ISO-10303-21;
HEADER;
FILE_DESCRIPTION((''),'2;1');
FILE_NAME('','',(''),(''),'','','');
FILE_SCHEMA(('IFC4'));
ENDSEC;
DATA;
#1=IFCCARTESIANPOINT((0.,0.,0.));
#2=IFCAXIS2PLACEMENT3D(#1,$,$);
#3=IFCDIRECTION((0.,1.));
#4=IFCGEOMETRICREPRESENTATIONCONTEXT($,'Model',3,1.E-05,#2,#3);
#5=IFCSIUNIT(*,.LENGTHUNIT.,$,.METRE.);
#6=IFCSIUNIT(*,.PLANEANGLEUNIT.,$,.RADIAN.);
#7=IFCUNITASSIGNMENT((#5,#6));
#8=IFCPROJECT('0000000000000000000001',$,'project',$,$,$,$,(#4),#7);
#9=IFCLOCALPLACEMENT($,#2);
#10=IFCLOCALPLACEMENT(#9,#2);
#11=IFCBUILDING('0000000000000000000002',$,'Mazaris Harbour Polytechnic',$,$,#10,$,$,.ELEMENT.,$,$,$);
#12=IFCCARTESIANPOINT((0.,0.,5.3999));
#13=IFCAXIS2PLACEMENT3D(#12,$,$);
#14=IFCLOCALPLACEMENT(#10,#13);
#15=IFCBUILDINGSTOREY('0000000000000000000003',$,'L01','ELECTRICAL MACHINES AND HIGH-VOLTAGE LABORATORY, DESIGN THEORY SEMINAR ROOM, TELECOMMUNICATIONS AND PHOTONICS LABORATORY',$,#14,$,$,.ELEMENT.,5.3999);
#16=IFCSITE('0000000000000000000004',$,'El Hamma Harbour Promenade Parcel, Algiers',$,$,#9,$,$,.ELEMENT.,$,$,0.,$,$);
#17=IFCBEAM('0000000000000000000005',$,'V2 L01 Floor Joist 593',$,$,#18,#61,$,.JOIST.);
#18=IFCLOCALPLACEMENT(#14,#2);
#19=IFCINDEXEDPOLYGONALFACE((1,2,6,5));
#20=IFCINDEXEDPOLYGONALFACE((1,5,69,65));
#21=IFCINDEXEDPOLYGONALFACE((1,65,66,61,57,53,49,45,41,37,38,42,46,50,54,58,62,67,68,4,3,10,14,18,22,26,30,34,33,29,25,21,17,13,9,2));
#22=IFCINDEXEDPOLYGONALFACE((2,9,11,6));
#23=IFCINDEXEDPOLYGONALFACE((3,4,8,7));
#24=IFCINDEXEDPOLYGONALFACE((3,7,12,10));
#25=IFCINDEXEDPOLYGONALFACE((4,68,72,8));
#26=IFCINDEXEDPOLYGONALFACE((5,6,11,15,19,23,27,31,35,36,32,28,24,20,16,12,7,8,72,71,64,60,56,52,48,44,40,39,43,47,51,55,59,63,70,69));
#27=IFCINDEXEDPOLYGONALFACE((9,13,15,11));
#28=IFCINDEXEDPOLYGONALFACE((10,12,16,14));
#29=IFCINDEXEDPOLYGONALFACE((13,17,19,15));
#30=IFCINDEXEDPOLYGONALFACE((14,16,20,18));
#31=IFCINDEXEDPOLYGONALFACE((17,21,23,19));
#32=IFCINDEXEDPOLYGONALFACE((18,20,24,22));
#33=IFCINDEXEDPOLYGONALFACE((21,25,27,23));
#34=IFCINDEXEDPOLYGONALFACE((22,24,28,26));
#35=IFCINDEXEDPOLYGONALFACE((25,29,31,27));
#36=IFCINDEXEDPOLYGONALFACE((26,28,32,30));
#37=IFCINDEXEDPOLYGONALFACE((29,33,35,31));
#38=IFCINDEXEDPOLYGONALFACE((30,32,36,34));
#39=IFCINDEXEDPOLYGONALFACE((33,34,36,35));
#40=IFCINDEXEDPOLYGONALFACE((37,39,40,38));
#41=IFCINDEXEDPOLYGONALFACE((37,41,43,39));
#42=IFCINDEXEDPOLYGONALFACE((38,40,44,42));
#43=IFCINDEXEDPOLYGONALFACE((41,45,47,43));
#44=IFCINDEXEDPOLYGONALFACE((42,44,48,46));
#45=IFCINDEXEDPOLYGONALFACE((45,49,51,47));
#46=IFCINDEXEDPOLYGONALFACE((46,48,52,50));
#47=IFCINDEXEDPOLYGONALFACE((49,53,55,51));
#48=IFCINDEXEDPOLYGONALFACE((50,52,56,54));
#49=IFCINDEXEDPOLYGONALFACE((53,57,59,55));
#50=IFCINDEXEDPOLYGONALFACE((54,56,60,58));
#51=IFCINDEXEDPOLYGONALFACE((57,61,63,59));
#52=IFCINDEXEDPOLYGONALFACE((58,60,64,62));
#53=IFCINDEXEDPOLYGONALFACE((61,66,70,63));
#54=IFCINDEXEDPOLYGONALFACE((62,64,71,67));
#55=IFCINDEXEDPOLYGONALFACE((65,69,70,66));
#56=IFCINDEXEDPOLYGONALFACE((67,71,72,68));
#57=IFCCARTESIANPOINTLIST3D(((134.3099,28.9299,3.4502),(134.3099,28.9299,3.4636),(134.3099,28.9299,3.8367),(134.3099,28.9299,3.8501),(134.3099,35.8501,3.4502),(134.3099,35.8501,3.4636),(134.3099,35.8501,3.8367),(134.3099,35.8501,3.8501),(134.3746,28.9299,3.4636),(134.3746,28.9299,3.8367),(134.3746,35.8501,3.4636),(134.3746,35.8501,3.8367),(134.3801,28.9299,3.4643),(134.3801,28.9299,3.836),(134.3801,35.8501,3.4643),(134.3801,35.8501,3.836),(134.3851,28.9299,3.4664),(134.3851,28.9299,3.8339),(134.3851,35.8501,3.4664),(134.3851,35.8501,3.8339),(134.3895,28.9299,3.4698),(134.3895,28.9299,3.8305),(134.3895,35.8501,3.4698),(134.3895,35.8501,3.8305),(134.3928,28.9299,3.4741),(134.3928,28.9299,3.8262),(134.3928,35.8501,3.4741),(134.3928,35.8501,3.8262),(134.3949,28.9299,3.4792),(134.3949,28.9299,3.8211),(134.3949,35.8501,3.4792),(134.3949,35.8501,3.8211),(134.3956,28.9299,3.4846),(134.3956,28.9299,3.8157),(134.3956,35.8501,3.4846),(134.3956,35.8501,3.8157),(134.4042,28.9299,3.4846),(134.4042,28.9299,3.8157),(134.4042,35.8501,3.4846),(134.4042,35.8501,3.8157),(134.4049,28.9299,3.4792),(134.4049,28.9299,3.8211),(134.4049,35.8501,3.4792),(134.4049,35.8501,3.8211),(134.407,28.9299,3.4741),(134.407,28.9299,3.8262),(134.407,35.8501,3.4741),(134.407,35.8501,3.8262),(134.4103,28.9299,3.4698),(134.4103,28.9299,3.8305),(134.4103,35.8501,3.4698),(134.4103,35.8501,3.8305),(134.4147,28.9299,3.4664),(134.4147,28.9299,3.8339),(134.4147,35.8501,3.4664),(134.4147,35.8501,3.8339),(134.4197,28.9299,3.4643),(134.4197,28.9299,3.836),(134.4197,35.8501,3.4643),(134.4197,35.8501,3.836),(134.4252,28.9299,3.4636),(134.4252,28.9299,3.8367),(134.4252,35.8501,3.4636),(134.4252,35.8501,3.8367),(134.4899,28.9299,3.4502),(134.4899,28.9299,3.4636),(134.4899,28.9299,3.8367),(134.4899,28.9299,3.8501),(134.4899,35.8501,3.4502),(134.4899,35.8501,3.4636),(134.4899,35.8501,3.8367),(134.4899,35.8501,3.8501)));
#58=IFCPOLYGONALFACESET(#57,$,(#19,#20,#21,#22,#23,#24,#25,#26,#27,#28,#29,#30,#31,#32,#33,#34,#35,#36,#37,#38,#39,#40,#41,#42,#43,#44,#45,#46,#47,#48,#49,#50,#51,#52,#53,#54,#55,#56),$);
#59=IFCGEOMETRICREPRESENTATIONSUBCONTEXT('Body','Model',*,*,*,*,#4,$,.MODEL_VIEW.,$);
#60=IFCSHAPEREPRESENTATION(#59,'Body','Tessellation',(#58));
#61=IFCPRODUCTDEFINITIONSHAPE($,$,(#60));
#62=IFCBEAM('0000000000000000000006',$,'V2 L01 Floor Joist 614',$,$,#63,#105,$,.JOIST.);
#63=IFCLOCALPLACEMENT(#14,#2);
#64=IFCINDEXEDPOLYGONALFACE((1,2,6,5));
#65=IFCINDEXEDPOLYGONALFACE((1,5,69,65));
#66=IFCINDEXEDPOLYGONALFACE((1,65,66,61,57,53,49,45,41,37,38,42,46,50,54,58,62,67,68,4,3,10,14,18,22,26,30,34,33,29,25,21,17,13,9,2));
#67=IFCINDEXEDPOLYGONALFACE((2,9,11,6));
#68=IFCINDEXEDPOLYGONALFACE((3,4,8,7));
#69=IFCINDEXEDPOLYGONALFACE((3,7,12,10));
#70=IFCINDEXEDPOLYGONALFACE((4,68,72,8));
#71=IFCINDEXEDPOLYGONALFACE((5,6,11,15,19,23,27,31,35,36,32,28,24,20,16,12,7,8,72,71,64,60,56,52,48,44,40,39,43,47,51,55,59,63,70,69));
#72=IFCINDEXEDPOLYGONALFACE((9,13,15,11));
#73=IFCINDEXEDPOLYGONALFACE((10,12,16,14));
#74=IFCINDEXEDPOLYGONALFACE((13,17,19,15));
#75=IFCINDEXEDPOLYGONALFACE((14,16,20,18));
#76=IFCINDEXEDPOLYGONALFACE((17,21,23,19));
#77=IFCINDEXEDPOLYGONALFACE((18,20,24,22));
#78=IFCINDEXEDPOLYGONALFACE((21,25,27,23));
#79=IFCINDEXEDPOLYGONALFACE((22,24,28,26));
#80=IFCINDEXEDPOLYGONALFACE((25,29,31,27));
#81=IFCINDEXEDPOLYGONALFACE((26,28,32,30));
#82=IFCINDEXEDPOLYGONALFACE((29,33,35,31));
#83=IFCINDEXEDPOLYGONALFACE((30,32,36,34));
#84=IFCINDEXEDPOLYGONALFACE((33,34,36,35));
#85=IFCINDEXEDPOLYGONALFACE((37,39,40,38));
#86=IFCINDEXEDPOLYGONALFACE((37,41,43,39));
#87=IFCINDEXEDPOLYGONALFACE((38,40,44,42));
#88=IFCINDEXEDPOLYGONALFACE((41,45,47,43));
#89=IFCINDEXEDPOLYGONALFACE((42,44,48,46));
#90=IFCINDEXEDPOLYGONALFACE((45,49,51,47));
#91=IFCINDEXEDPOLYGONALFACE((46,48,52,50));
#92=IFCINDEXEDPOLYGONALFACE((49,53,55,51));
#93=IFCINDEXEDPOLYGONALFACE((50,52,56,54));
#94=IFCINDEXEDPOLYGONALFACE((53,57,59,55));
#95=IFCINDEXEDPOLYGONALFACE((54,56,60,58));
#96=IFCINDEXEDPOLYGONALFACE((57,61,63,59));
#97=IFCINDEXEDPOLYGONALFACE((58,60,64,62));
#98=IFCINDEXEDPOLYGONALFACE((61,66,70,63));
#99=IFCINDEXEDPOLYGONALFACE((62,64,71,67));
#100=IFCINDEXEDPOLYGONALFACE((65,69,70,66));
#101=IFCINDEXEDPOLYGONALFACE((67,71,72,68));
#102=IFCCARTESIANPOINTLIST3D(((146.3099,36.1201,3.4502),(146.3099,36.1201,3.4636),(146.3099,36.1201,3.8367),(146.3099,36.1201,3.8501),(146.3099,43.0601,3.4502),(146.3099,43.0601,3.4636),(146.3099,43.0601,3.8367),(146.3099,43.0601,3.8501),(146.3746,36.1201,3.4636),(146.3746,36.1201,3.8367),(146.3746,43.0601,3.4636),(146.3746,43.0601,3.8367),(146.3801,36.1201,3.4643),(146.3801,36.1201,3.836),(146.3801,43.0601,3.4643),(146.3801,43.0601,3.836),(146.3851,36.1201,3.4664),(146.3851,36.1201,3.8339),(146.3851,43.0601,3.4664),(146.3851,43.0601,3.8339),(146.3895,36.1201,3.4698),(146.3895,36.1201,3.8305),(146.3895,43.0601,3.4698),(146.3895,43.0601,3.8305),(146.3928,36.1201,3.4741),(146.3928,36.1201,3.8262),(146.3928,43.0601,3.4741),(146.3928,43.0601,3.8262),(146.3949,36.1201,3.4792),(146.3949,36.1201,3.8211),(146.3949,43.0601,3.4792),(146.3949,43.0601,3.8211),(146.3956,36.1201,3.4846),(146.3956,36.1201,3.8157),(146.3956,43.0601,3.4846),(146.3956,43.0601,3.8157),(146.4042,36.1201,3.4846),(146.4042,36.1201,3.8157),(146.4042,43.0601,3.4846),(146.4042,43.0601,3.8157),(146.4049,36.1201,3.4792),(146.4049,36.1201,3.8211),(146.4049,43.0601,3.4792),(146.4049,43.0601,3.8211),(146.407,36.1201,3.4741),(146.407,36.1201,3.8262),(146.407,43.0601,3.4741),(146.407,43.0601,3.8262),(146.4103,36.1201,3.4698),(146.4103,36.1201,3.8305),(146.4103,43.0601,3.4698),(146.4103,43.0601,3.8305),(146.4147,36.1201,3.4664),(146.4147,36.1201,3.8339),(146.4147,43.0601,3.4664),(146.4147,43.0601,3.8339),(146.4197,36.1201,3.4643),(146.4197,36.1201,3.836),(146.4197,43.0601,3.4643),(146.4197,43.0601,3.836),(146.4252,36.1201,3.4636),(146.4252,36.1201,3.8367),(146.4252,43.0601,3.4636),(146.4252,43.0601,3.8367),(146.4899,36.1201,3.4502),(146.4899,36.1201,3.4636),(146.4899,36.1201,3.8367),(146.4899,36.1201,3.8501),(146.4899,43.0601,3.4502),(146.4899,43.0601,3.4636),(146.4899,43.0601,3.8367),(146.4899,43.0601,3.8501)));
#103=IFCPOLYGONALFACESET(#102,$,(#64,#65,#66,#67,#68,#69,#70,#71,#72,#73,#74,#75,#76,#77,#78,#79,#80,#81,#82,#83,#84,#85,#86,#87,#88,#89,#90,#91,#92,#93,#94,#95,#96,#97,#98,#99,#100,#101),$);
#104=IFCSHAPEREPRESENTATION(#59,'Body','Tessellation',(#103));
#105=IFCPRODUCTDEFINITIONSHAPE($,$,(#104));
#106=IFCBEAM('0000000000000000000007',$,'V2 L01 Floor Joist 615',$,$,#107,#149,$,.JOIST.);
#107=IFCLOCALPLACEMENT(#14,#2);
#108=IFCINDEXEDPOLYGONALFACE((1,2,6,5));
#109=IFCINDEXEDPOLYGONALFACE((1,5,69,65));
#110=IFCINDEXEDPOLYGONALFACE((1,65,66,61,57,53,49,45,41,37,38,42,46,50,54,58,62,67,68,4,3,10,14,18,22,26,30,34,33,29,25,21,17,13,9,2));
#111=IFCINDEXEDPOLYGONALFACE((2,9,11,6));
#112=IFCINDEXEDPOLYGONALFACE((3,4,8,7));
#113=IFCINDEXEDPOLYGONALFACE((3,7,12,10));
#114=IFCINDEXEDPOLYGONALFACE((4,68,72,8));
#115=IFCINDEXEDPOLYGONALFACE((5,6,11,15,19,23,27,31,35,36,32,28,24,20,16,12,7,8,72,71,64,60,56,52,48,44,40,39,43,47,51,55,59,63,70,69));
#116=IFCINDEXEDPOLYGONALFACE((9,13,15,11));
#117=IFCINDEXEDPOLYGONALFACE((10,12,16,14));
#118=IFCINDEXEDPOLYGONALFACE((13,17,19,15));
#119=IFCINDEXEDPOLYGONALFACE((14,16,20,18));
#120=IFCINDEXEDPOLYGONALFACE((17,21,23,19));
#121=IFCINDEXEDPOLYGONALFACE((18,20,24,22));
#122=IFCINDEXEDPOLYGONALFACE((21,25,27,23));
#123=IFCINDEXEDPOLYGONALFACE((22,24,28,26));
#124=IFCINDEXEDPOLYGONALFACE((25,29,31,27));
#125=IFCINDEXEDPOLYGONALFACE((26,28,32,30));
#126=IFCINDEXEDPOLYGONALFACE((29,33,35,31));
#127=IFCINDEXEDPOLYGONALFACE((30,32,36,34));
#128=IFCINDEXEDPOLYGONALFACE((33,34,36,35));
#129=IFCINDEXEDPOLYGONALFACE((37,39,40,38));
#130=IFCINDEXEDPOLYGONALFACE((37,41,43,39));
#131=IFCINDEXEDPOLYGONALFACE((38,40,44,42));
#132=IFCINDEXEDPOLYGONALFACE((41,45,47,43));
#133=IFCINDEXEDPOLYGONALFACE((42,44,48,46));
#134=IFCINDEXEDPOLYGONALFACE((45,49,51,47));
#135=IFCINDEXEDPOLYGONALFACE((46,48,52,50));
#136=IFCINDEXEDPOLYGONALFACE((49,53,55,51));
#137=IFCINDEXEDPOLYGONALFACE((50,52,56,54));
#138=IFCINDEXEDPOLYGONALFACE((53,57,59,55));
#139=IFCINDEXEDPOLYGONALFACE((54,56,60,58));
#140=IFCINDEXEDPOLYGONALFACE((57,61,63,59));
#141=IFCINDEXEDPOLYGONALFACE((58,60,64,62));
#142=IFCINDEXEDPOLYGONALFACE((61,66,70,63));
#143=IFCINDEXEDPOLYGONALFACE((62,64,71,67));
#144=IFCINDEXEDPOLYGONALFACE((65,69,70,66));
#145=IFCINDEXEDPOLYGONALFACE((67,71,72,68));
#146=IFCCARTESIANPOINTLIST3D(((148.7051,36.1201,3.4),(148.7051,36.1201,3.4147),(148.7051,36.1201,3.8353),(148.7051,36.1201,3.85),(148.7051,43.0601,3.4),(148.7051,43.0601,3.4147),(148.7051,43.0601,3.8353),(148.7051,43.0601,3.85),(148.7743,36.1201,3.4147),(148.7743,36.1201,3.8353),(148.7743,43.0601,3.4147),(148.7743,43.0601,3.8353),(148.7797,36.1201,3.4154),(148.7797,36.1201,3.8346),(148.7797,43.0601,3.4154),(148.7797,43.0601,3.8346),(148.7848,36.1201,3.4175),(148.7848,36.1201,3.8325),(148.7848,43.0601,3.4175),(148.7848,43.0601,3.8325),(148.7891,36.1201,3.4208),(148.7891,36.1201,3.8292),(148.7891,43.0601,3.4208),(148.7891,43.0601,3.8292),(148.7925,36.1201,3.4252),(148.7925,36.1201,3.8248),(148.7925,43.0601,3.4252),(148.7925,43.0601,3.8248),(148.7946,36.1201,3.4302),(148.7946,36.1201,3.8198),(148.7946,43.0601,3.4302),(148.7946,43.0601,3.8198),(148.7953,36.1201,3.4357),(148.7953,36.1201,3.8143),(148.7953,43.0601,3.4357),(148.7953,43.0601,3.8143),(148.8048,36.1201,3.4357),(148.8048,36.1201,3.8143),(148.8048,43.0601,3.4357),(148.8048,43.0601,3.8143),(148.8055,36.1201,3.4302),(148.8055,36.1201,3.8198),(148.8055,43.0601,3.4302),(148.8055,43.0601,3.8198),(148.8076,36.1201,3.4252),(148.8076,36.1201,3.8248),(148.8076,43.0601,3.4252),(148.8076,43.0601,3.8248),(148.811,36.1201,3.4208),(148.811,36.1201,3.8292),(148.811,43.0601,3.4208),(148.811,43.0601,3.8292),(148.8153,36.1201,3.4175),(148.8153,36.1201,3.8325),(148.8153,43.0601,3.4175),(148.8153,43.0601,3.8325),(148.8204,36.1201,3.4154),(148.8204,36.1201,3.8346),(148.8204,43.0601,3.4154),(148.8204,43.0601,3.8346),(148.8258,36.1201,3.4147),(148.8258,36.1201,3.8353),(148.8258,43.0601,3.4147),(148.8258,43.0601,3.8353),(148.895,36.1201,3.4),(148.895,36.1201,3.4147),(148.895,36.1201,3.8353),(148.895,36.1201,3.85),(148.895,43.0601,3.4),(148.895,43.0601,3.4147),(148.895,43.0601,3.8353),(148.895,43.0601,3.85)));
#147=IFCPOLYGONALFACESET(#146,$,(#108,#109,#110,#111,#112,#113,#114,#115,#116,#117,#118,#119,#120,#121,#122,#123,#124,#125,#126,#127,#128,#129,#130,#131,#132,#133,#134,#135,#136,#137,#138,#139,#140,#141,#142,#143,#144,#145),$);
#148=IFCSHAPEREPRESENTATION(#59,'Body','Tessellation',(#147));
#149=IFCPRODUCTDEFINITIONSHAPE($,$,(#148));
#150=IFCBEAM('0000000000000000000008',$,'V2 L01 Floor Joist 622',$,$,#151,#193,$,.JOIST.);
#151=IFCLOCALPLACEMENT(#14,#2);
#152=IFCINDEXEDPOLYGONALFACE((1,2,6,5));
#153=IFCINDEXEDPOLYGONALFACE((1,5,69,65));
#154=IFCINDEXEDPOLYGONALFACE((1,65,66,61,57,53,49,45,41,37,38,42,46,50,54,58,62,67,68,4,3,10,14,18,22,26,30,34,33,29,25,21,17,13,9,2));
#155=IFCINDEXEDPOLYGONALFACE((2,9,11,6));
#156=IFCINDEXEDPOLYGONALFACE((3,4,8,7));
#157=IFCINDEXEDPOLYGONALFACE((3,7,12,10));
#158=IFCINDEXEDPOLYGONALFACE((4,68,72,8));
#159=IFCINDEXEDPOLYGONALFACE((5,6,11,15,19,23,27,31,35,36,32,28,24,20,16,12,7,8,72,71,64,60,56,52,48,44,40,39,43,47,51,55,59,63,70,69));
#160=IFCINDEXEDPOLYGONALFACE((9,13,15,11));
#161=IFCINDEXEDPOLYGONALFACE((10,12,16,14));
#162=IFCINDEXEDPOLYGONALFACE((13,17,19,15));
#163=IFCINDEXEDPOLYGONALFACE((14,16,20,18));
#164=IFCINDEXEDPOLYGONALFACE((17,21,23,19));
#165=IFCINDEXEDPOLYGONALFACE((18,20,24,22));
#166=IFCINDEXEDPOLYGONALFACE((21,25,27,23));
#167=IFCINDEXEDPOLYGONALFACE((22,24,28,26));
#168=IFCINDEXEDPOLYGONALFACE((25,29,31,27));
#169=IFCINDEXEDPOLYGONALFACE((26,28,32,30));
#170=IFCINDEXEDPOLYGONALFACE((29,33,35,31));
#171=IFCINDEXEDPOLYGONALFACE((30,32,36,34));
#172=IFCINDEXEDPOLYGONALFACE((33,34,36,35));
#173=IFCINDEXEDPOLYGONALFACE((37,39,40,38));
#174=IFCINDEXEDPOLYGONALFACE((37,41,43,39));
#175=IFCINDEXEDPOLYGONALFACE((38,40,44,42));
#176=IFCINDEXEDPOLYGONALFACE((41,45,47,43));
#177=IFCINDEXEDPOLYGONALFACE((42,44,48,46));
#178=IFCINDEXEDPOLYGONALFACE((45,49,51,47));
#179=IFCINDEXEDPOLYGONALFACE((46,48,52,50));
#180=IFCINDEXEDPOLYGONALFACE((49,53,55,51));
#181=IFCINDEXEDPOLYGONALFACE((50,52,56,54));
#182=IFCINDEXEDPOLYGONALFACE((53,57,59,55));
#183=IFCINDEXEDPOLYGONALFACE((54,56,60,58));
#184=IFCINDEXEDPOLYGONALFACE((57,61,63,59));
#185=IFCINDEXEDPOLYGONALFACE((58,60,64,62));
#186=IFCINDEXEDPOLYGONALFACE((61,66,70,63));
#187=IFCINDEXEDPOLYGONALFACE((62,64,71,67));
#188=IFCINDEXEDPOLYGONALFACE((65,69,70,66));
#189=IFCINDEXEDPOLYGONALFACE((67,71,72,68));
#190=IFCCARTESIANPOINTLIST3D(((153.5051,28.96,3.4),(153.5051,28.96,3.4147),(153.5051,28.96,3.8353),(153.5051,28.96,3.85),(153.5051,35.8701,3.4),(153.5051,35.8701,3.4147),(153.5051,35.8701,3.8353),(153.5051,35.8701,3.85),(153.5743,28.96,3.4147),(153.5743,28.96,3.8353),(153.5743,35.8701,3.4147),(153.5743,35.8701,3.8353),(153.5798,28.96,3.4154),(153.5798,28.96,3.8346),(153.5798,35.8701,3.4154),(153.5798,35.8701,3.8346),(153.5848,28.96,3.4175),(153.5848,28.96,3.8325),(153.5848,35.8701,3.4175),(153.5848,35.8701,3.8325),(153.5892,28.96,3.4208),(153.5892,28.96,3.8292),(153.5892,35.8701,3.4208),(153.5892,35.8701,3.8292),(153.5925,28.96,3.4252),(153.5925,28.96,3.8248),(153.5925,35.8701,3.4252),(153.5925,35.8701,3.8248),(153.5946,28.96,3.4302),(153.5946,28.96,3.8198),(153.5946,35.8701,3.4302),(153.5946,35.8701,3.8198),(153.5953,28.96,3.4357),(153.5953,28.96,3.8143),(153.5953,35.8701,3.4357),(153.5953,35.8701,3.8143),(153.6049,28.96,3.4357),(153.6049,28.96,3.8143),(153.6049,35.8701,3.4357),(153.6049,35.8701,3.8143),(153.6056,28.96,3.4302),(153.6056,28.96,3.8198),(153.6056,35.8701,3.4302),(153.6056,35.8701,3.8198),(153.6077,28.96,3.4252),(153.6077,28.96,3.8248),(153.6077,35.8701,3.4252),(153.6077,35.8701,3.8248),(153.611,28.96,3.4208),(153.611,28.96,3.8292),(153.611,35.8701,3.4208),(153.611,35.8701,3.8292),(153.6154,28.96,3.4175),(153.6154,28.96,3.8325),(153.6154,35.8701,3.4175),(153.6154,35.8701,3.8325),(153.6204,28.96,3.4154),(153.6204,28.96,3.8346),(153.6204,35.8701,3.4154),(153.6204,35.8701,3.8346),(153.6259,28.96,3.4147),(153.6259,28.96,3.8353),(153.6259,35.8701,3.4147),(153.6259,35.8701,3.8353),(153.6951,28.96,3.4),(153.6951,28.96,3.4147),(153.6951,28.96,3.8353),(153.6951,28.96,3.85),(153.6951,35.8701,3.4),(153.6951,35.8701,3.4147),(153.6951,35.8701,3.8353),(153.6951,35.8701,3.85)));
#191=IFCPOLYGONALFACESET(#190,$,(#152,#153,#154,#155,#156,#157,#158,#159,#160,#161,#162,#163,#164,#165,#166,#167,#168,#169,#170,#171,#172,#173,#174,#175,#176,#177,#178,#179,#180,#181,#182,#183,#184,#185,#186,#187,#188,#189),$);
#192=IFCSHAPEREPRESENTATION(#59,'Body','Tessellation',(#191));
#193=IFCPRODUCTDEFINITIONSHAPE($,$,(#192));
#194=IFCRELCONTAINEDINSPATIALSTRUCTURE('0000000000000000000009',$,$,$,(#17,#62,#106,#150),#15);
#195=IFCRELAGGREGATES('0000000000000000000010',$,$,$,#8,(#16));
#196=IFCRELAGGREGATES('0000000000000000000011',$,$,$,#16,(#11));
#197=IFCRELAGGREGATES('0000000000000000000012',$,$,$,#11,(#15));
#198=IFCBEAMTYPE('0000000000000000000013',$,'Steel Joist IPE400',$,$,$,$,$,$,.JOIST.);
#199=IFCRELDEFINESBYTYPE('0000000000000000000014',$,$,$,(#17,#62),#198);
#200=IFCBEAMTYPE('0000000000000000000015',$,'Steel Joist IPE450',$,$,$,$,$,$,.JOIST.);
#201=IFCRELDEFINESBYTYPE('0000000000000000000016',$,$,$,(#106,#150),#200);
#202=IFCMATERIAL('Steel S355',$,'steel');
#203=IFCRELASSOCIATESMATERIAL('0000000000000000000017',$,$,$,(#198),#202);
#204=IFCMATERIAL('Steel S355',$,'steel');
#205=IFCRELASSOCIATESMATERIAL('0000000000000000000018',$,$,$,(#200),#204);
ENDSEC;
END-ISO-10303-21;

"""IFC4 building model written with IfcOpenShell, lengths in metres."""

from ifc_helpers import new_model, si_unit, direction, frame, origin, origin_2d, place, context, subcontext, project, spatial, i_section, extrude, material, material_profile, profile_set, type_object, element, save


model = new_model("IFC4")

# Units and contexts
model_context = context("Model", 3, precision=1e-05, world=origin(), true_north=direction((0.0, 1.0)))
body_context = subcontext(model_context, "Body", "Model", "MODEL_VIEW")
ifc_project = project(units=[si_unit("LENGTHUNIT", "METRE"), si_unit("PLANEANGLEUNIT", "RADIAN")], contexts=[model_context])

# Site, building, storey
site_placement = place(None, origin())
site = spatial("IfcSite", under=ifc_project, at=site_placement, Name="El Hamma Harbour Promenade Parcel, Algiers", CompositionType="ELEMENT", RefElevation=0.0)
building_placement = place(site_placement, origin())
building = spatial("IfcBuilding", under=site, at=building_placement, Name="Mazaris Harbour Polytechnic", CompositionType="ELEMENT")
storey_placement = place(building_placement, frame((0.0, 0.0, 5.3999)))
storey = spatial("IfcBuildingStorey", under=building, at=storey_placement, Name="L01", Description="ELECTRICAL MACHINES AND HIGH-VOLTAGE LABORATORY, DESIGN THEORY SEMINAR ROOM, TELECOMMUNICATIONS AND PHOTONICS LABORATORY", CompositionType="ELEMENT", Elevation=5.3999)

# Beams
ifc_material_1 = material(Name="Steel S355", Category="steel")
ifc_material_profile_1 = material_profile(ifc_material_1, i_section(OverallWidth=0.1799, OverallDepth=0.3999, WebThickness=0.0085, FlangeThickness=0.0134, FilletRadius=0.021, at=origin_2d()), Name="IPE 400")
ifc_profile_set_1 = profile_set([ifc_material_profile_1], Name="Steel S355")
beam_type_1 = type_object("IfcBeamType", Name="Steel Joist IPE400", PredefinedType="JOIST", material=ifc_profile_set_1)
beam_1_placement = place(storey_placement, frame((134.3999, 28.9299, 3.6501), z_axis=(0.0, 1.0, 0.0), x_axis=(-1.0, 0.0, 0.0)))
element("IfcBeam", 1, at=beam_1_placement, inside=storey, type_object=beam_type_1, Name="V2 L01 Floor Joist 593", PredefinedType="JOIST", context=body_context, shape_type="SweptSolid", body=[
    extrude(i_section(OverallWidth=0.1799, OverallDepth=0.3999, WebThickness=0.0085, FlangeThickness=0.0134, FilletRadius=0.021, at=origin_2d()), origin(), (0.0, 0.0, 1.0), 6.9202),
])
beam_2_placement = place(storey_placement, frame((146.3999, 36.1201, 3.6501), z_axis=(0.0, 1.0, 0.0), x_axis=(-1.0, 0.0, 0.0)))
element("IfcBeam", 2, at=beam_2_placement, inside=storey, type_object=beam_type_1, Name="V2 L01 Floor Joist 614", PredefinedType="JOIST", context=body_context, shape_type="SweptSolid", body=[
    extrude(i_section(OverallWidth=0.1799, OverallDepth=0.3999, WebThickness=0.0085, FlangeThickness=0.0134, FilletRadius=0.021, at=origin_2d()), origin(), (0.0, 0.0, 1.0), 6.9399),
])
ifc_material_2 = material(Name="Steel S355", Category="steel")
ifc_material_profile_2 = material_profile(ifc_material_2, i_section(OverallWidth=0.1899, OverallDepth=0.45, WebThickness=0.0095, FlangeThickness=0.0146, FilletRadius=0.021, at=origin_2d()), Name="IPE 450")
ifc_profile_set_2 = profile_set([ifc_material_profile_2], Name="Steel S355")
beam_type_2 = type_object("IfcBeamType", Name="Steel Joist IPE450", PredefinedType="JOIST", material=ifc_profile_set_2)
beam_3_placement = place(storey_placement, frame((148.8, 36.1201, 3.625), z_axis=(0.0, 1.0, 0.0), x_axis=(-1.0, 0.0, 0.0)))
element("IfcBeam", 3, at=beam_3_placement, inside=storey, type_object=beam_type_2, Name="V2 L01 Floor Joist 615", PredefinedType="JOIST", context=body_context, shape_type="SweptSolid", body=[
    extrude(i_section(OverallWidth=0.1899, OverallDepth=0.45, WebThickness=0.0095, FlangeThickness=0.0146, FilletRadius=0.021, at=origin_2d()), origin(), (0.0, 0.0, 1.0), 6.9399),
])
beam_4_placement = place(storey_placement, frame((153.6001, 28.96, 3.625), z_axis=(0.0, 1.0, 0.0), x_axis=(-1.0, 0.0, 0.0)))
element("IfcBeam", 4, at=beam_4_placement, inside=storey, type_object=beam_type_2, Name="V2 L01 Floor Joist 622", PredefinedType="JOIST", context=body_context, shape_type="SweptSolid", body=[
    extrude(i_section(OverallWidth=0.1899, OverallDepth=0.45, WebThickness=0.0095, FlangeThickness=0.0146, FilletRadius=0.021, at=origin_2d()), origin(), (0.0, 0.0, 1.0), 6.9102),
])

save(model, "model.ifc")
